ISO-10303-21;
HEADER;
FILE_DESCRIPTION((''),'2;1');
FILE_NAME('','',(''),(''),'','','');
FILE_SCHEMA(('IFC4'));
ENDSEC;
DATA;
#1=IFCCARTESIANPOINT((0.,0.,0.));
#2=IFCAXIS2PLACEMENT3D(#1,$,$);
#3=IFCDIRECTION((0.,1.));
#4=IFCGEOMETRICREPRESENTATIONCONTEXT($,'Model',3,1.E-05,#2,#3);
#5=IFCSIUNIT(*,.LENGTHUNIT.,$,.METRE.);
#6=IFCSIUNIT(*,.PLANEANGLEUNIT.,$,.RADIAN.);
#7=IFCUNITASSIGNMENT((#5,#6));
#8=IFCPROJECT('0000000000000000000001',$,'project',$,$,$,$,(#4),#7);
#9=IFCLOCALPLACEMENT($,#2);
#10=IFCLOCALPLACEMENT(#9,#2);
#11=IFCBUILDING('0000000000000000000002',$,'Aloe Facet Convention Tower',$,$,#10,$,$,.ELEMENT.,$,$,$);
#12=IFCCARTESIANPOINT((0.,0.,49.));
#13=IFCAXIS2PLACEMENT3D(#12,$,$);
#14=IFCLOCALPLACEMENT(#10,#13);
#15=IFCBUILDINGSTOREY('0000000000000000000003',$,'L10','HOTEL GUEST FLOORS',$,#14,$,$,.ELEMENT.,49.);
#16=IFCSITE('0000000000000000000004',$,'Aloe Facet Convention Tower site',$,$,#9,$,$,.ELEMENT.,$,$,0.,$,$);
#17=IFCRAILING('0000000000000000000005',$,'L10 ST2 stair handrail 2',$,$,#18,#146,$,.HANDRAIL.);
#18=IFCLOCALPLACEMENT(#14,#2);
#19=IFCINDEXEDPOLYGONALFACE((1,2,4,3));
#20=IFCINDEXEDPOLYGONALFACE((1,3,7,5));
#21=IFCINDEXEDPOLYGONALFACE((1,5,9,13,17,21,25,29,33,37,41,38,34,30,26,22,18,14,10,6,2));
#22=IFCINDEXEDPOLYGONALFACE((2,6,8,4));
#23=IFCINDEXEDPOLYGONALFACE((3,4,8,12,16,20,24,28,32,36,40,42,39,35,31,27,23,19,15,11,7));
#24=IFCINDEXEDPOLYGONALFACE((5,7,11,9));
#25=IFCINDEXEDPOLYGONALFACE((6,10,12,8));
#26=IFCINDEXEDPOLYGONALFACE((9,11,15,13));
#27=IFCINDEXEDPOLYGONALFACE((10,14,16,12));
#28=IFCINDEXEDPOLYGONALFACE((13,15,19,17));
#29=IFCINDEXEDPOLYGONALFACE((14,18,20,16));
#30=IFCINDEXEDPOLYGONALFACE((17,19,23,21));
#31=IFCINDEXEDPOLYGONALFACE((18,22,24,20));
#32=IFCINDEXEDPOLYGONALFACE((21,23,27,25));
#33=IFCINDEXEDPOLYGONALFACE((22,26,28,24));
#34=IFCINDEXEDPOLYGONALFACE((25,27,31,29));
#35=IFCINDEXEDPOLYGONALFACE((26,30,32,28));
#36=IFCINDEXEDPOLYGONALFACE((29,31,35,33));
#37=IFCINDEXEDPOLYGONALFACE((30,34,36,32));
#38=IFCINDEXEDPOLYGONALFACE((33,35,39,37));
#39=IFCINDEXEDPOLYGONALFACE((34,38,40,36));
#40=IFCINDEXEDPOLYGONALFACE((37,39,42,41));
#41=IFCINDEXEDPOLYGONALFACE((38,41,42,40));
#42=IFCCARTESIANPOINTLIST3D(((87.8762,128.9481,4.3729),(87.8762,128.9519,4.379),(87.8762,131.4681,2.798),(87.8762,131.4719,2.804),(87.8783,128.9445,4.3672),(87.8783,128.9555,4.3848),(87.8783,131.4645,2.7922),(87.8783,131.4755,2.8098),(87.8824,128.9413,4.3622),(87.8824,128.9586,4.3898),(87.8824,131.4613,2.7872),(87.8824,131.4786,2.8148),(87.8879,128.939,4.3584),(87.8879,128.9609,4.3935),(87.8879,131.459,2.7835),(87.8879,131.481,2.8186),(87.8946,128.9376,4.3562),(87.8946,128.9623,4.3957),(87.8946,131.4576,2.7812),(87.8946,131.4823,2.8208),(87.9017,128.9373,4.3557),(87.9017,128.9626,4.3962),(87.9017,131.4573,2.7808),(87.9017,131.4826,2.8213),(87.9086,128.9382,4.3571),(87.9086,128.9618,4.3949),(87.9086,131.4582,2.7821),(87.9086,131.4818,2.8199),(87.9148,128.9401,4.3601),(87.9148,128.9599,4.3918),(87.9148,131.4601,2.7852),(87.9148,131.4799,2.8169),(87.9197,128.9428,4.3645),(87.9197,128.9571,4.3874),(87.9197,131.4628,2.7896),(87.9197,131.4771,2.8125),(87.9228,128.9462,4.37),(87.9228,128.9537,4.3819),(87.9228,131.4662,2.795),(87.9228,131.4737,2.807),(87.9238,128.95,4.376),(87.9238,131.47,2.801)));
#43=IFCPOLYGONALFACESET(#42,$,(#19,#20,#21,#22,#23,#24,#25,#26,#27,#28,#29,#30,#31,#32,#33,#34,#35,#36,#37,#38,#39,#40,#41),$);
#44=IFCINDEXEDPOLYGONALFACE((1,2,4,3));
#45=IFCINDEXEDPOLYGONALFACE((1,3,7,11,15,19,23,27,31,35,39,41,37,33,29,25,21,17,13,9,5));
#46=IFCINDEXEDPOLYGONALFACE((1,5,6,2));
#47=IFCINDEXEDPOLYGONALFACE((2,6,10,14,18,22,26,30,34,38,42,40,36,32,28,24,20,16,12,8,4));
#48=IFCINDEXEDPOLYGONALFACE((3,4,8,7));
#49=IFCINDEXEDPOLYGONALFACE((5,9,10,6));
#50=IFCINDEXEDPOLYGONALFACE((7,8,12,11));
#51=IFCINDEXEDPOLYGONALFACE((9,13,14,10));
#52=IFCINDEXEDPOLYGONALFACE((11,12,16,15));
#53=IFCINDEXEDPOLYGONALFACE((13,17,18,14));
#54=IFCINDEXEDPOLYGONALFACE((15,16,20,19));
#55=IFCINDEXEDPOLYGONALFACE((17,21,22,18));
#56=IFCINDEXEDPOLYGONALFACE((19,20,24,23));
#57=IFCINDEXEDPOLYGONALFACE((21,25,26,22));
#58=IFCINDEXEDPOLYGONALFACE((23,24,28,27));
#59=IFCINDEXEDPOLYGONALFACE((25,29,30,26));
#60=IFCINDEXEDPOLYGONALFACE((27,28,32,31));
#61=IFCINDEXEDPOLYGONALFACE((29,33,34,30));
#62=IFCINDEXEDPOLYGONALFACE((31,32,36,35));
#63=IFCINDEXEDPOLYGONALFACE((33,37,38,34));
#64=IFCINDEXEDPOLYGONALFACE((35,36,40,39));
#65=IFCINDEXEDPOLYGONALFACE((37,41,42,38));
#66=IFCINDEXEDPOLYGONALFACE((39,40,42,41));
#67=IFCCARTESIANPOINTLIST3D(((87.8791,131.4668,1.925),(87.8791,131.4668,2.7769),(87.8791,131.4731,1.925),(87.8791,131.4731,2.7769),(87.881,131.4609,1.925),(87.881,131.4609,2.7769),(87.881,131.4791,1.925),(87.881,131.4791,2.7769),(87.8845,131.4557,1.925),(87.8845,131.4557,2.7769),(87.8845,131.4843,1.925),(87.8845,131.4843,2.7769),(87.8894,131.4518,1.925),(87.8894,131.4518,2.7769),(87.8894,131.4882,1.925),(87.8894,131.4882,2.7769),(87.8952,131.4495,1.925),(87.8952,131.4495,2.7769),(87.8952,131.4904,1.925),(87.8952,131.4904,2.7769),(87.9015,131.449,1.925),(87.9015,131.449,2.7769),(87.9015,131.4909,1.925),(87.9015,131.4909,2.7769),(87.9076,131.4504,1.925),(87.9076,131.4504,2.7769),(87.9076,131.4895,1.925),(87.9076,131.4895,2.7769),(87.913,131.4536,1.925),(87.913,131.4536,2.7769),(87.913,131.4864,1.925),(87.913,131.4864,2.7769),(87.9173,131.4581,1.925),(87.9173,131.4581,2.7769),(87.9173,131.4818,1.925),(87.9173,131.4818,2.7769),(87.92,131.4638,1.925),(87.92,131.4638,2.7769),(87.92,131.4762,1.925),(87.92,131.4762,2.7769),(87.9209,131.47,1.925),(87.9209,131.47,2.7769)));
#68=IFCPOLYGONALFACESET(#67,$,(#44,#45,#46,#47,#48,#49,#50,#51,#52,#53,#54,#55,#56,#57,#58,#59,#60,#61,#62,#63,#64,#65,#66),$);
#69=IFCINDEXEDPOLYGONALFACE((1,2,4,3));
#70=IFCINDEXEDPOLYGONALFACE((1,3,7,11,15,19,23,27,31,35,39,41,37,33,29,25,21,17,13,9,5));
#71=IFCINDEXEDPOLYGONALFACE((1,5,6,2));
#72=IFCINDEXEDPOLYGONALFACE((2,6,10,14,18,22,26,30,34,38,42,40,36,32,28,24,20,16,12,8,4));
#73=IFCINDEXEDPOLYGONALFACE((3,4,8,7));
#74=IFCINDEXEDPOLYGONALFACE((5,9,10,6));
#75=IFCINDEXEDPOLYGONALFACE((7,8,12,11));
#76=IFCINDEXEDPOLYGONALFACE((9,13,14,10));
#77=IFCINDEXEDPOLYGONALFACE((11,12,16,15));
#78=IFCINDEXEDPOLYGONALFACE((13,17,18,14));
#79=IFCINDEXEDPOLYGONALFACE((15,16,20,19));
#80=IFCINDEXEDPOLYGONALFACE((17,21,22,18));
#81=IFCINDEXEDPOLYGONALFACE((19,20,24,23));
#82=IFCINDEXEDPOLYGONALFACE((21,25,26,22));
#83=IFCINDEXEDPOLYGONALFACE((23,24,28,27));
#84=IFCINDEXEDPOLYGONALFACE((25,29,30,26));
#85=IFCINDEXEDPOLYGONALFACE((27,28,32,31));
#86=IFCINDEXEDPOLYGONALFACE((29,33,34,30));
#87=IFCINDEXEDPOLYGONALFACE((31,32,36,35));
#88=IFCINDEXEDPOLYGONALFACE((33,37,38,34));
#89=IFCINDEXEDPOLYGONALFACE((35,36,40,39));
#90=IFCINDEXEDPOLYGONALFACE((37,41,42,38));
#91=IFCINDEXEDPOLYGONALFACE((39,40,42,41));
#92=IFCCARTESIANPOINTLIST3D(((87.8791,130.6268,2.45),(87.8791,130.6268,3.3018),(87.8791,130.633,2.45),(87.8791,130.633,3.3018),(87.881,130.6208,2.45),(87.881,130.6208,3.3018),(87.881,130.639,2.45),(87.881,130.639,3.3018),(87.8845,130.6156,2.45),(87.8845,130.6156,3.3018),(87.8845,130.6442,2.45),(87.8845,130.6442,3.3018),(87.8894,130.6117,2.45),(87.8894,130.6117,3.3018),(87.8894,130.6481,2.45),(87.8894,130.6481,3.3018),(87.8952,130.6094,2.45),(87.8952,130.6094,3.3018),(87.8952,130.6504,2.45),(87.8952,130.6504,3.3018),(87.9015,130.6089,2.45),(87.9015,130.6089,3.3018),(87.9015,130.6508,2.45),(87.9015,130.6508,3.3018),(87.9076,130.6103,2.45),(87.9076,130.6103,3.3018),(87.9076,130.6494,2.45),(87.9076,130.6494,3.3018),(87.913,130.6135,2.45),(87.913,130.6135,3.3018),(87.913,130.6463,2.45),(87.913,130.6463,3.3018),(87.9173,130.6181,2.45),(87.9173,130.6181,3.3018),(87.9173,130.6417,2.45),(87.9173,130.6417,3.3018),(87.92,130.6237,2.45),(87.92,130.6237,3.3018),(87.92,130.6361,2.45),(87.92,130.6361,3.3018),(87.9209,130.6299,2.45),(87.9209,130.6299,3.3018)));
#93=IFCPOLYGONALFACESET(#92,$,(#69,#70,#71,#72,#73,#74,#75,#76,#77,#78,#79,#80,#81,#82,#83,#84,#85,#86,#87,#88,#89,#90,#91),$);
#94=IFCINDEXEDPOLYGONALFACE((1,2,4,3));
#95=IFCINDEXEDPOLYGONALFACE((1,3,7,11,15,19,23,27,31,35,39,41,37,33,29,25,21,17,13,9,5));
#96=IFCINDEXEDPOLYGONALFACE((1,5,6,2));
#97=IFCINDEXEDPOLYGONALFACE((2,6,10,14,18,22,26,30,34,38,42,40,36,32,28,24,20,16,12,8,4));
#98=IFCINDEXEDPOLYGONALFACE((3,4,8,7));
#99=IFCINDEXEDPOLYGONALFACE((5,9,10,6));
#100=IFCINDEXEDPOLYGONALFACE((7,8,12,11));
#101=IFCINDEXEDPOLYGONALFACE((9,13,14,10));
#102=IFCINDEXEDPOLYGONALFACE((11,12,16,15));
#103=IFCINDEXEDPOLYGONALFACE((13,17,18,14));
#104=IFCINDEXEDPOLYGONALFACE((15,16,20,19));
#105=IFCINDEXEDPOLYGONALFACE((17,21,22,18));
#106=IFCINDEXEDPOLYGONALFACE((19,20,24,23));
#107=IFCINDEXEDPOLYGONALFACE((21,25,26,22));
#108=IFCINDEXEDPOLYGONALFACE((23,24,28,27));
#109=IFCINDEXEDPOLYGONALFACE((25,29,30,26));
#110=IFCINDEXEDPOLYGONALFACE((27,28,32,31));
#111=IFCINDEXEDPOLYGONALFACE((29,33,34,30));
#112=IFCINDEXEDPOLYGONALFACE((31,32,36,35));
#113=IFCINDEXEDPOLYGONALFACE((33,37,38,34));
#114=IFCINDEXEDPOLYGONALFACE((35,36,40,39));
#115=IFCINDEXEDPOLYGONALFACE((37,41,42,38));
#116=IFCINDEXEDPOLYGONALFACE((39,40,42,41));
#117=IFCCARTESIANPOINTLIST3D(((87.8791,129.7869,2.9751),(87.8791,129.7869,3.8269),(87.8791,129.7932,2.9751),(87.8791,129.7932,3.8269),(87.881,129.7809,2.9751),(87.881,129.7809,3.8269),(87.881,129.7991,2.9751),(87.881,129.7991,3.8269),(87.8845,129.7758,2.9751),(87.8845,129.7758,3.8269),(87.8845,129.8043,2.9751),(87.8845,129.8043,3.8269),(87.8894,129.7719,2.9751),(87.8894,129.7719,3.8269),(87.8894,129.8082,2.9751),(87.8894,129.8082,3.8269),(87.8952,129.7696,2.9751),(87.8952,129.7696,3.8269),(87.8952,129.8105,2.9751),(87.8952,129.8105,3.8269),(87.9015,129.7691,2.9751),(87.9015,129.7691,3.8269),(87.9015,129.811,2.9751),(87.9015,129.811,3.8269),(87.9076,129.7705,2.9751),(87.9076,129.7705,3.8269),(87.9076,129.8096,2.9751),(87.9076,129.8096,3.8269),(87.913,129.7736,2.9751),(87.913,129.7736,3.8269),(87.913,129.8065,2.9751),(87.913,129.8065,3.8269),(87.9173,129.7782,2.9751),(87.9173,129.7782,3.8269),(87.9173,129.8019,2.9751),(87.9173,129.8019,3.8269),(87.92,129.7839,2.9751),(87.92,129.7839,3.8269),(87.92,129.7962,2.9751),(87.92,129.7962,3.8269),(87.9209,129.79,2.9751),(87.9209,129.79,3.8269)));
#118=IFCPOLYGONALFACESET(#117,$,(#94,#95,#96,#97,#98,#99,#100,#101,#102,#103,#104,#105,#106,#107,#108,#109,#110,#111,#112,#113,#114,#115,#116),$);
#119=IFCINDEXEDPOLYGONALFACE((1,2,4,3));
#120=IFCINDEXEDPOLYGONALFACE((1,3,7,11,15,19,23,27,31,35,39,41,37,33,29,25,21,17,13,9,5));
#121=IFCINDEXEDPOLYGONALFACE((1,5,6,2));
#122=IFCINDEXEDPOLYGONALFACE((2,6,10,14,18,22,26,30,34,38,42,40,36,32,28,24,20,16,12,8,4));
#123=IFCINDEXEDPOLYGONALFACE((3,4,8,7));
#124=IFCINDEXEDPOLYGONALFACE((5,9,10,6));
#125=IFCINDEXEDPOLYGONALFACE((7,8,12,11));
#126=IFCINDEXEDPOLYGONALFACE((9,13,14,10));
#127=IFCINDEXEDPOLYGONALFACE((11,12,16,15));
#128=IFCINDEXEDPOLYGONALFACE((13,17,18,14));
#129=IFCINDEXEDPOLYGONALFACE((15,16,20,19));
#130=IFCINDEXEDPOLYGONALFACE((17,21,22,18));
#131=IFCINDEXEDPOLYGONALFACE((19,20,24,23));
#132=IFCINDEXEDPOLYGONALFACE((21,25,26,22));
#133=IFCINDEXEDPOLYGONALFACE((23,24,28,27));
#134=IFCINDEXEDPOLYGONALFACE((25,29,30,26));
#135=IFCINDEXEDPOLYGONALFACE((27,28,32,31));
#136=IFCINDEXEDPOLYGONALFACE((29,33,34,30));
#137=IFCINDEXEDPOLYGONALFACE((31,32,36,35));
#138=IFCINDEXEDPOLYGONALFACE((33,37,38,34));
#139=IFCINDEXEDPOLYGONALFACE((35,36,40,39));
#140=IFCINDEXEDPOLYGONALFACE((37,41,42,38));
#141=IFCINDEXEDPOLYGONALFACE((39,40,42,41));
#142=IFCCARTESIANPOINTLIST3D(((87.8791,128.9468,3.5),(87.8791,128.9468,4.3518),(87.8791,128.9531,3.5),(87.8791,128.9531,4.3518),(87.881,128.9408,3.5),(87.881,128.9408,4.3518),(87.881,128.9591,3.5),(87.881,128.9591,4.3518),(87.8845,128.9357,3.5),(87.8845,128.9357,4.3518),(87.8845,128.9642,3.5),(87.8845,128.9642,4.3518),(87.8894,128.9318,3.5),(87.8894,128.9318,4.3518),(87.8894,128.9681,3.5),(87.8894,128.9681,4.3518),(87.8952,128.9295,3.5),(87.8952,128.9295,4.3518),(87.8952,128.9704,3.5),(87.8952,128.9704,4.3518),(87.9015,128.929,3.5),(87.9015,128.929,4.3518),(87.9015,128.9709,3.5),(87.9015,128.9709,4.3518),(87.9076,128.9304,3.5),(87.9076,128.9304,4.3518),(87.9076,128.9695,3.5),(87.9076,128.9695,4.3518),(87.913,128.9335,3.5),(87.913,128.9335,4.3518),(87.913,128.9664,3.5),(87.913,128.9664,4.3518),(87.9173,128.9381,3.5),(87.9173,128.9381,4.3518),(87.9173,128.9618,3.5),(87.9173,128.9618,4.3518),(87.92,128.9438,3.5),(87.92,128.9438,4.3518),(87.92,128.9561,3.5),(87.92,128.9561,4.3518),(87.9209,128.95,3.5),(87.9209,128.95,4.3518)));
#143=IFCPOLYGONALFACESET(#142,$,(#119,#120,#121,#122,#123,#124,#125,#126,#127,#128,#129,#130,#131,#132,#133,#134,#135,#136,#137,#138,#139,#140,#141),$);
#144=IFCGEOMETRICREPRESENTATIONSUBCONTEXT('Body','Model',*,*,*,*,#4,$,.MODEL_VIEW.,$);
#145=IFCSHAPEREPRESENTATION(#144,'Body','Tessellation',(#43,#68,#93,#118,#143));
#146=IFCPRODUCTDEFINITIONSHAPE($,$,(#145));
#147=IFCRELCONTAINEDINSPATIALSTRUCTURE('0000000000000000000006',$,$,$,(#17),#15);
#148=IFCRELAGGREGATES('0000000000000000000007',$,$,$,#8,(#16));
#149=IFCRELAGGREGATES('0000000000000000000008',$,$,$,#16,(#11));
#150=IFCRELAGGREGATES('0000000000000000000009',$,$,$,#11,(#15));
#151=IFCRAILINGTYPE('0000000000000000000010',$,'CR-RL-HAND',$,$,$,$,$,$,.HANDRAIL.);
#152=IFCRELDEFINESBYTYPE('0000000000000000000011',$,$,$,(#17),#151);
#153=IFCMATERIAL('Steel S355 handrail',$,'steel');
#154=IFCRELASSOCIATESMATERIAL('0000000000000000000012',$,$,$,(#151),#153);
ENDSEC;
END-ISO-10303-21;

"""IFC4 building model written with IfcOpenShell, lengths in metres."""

from ifc_helpers import new_model, si_unit, direction, frame, origin, origin_2d, place, context, subcontext, project, spatial, circle, extrude, material, type_object, element, save


model = new_model("IFC4")

# Units and contexts
model_context = context("Model", 3, precision=1e-05, world=origin(), true_north=direction((0.0, 1.0)))
body_context = subcontext(model_context, "Body", "Model", "MODEL_VIEW")
ifc_project = project(units=[si_unit("LENGTHUNIT", "METRE"), si_unit("PLANEANGLEUNIT", "RADIAN")], contexts=[model_context])

# Site, building, storey
site_placement = place(None, origin())
site = spatial("IfcSite", under=ifc_project, at=site_placement, Name="Aloe Facet Convention Tower site", CompositionType="ELEMENT", RefElevation=0.0)
building_placement = place(site_placement, origin())
building = spatial("IfcBuilding", under=site, at=building_placement, Name="Aloe Facet Convention Tower", CompositionType="ELEMENT")
storey_placement = place(building_placement, frame((0.0, 0.0, 49.0)))
storey = spatial("IfcBuildingStorey", under=building, at=storey_placement, Name="L10", Description="HOTEL GUEST FLOORS", CompositionType="ELEMENT", Elevation=49.0)

# Railing
ifc_material_1 = material(Name="Steel S355 handrail", Category="steel")
railing_type_1 = type_object("IfcRailingType", Name="CR-RL-HAND", PredefinedType="HANDRAIL", material=ifc_material_1)
railing_1_placement = place(storey_placement, frame((87.8999, 131.47, 1.925)))
element("IfcRailing", 1, at=railing_1_placement, inside=storey, type_object=railing_type_1, Name="L10 ST2 stair handrail 2", PredefinedType="HANDRAIL", context=body_context, shape_type="SweptSolid", body=[
    extrude(circle(Radius=0.0239, at=origin_2d()), frame((0.0, 0.0, 0.876), z_axis=(0.0, -0.848008, 0.529984), x_axis=(1.0, 0.0, 0.0)), (0.0, 0.0, 1.0), 2.9717),
    extrude(circle(Radius=0.021, at=origin_2d()), origin(), (0.0, 0.0, 1.0), 0.8518),
    extrude(circle(Radius=0.021, at=origin_2d()), frame((0.0, -0.8401, 0.5249)), (0.0, 0.0, 1.0), 0.8518),
    extrude(circle(Radius=0.021, at=origin_2d()), frame((0.0, -1.6799, 1.05)), (0.0, 0.0, 1.0), 0.8518),
    extrude(circle(Radius=0.021, at=origin_2d()), frame((0.0, -2.52, 1.575)), (0.0, 0.0, 1.0), 0.8518),
])

save(model, "model.ifc")
